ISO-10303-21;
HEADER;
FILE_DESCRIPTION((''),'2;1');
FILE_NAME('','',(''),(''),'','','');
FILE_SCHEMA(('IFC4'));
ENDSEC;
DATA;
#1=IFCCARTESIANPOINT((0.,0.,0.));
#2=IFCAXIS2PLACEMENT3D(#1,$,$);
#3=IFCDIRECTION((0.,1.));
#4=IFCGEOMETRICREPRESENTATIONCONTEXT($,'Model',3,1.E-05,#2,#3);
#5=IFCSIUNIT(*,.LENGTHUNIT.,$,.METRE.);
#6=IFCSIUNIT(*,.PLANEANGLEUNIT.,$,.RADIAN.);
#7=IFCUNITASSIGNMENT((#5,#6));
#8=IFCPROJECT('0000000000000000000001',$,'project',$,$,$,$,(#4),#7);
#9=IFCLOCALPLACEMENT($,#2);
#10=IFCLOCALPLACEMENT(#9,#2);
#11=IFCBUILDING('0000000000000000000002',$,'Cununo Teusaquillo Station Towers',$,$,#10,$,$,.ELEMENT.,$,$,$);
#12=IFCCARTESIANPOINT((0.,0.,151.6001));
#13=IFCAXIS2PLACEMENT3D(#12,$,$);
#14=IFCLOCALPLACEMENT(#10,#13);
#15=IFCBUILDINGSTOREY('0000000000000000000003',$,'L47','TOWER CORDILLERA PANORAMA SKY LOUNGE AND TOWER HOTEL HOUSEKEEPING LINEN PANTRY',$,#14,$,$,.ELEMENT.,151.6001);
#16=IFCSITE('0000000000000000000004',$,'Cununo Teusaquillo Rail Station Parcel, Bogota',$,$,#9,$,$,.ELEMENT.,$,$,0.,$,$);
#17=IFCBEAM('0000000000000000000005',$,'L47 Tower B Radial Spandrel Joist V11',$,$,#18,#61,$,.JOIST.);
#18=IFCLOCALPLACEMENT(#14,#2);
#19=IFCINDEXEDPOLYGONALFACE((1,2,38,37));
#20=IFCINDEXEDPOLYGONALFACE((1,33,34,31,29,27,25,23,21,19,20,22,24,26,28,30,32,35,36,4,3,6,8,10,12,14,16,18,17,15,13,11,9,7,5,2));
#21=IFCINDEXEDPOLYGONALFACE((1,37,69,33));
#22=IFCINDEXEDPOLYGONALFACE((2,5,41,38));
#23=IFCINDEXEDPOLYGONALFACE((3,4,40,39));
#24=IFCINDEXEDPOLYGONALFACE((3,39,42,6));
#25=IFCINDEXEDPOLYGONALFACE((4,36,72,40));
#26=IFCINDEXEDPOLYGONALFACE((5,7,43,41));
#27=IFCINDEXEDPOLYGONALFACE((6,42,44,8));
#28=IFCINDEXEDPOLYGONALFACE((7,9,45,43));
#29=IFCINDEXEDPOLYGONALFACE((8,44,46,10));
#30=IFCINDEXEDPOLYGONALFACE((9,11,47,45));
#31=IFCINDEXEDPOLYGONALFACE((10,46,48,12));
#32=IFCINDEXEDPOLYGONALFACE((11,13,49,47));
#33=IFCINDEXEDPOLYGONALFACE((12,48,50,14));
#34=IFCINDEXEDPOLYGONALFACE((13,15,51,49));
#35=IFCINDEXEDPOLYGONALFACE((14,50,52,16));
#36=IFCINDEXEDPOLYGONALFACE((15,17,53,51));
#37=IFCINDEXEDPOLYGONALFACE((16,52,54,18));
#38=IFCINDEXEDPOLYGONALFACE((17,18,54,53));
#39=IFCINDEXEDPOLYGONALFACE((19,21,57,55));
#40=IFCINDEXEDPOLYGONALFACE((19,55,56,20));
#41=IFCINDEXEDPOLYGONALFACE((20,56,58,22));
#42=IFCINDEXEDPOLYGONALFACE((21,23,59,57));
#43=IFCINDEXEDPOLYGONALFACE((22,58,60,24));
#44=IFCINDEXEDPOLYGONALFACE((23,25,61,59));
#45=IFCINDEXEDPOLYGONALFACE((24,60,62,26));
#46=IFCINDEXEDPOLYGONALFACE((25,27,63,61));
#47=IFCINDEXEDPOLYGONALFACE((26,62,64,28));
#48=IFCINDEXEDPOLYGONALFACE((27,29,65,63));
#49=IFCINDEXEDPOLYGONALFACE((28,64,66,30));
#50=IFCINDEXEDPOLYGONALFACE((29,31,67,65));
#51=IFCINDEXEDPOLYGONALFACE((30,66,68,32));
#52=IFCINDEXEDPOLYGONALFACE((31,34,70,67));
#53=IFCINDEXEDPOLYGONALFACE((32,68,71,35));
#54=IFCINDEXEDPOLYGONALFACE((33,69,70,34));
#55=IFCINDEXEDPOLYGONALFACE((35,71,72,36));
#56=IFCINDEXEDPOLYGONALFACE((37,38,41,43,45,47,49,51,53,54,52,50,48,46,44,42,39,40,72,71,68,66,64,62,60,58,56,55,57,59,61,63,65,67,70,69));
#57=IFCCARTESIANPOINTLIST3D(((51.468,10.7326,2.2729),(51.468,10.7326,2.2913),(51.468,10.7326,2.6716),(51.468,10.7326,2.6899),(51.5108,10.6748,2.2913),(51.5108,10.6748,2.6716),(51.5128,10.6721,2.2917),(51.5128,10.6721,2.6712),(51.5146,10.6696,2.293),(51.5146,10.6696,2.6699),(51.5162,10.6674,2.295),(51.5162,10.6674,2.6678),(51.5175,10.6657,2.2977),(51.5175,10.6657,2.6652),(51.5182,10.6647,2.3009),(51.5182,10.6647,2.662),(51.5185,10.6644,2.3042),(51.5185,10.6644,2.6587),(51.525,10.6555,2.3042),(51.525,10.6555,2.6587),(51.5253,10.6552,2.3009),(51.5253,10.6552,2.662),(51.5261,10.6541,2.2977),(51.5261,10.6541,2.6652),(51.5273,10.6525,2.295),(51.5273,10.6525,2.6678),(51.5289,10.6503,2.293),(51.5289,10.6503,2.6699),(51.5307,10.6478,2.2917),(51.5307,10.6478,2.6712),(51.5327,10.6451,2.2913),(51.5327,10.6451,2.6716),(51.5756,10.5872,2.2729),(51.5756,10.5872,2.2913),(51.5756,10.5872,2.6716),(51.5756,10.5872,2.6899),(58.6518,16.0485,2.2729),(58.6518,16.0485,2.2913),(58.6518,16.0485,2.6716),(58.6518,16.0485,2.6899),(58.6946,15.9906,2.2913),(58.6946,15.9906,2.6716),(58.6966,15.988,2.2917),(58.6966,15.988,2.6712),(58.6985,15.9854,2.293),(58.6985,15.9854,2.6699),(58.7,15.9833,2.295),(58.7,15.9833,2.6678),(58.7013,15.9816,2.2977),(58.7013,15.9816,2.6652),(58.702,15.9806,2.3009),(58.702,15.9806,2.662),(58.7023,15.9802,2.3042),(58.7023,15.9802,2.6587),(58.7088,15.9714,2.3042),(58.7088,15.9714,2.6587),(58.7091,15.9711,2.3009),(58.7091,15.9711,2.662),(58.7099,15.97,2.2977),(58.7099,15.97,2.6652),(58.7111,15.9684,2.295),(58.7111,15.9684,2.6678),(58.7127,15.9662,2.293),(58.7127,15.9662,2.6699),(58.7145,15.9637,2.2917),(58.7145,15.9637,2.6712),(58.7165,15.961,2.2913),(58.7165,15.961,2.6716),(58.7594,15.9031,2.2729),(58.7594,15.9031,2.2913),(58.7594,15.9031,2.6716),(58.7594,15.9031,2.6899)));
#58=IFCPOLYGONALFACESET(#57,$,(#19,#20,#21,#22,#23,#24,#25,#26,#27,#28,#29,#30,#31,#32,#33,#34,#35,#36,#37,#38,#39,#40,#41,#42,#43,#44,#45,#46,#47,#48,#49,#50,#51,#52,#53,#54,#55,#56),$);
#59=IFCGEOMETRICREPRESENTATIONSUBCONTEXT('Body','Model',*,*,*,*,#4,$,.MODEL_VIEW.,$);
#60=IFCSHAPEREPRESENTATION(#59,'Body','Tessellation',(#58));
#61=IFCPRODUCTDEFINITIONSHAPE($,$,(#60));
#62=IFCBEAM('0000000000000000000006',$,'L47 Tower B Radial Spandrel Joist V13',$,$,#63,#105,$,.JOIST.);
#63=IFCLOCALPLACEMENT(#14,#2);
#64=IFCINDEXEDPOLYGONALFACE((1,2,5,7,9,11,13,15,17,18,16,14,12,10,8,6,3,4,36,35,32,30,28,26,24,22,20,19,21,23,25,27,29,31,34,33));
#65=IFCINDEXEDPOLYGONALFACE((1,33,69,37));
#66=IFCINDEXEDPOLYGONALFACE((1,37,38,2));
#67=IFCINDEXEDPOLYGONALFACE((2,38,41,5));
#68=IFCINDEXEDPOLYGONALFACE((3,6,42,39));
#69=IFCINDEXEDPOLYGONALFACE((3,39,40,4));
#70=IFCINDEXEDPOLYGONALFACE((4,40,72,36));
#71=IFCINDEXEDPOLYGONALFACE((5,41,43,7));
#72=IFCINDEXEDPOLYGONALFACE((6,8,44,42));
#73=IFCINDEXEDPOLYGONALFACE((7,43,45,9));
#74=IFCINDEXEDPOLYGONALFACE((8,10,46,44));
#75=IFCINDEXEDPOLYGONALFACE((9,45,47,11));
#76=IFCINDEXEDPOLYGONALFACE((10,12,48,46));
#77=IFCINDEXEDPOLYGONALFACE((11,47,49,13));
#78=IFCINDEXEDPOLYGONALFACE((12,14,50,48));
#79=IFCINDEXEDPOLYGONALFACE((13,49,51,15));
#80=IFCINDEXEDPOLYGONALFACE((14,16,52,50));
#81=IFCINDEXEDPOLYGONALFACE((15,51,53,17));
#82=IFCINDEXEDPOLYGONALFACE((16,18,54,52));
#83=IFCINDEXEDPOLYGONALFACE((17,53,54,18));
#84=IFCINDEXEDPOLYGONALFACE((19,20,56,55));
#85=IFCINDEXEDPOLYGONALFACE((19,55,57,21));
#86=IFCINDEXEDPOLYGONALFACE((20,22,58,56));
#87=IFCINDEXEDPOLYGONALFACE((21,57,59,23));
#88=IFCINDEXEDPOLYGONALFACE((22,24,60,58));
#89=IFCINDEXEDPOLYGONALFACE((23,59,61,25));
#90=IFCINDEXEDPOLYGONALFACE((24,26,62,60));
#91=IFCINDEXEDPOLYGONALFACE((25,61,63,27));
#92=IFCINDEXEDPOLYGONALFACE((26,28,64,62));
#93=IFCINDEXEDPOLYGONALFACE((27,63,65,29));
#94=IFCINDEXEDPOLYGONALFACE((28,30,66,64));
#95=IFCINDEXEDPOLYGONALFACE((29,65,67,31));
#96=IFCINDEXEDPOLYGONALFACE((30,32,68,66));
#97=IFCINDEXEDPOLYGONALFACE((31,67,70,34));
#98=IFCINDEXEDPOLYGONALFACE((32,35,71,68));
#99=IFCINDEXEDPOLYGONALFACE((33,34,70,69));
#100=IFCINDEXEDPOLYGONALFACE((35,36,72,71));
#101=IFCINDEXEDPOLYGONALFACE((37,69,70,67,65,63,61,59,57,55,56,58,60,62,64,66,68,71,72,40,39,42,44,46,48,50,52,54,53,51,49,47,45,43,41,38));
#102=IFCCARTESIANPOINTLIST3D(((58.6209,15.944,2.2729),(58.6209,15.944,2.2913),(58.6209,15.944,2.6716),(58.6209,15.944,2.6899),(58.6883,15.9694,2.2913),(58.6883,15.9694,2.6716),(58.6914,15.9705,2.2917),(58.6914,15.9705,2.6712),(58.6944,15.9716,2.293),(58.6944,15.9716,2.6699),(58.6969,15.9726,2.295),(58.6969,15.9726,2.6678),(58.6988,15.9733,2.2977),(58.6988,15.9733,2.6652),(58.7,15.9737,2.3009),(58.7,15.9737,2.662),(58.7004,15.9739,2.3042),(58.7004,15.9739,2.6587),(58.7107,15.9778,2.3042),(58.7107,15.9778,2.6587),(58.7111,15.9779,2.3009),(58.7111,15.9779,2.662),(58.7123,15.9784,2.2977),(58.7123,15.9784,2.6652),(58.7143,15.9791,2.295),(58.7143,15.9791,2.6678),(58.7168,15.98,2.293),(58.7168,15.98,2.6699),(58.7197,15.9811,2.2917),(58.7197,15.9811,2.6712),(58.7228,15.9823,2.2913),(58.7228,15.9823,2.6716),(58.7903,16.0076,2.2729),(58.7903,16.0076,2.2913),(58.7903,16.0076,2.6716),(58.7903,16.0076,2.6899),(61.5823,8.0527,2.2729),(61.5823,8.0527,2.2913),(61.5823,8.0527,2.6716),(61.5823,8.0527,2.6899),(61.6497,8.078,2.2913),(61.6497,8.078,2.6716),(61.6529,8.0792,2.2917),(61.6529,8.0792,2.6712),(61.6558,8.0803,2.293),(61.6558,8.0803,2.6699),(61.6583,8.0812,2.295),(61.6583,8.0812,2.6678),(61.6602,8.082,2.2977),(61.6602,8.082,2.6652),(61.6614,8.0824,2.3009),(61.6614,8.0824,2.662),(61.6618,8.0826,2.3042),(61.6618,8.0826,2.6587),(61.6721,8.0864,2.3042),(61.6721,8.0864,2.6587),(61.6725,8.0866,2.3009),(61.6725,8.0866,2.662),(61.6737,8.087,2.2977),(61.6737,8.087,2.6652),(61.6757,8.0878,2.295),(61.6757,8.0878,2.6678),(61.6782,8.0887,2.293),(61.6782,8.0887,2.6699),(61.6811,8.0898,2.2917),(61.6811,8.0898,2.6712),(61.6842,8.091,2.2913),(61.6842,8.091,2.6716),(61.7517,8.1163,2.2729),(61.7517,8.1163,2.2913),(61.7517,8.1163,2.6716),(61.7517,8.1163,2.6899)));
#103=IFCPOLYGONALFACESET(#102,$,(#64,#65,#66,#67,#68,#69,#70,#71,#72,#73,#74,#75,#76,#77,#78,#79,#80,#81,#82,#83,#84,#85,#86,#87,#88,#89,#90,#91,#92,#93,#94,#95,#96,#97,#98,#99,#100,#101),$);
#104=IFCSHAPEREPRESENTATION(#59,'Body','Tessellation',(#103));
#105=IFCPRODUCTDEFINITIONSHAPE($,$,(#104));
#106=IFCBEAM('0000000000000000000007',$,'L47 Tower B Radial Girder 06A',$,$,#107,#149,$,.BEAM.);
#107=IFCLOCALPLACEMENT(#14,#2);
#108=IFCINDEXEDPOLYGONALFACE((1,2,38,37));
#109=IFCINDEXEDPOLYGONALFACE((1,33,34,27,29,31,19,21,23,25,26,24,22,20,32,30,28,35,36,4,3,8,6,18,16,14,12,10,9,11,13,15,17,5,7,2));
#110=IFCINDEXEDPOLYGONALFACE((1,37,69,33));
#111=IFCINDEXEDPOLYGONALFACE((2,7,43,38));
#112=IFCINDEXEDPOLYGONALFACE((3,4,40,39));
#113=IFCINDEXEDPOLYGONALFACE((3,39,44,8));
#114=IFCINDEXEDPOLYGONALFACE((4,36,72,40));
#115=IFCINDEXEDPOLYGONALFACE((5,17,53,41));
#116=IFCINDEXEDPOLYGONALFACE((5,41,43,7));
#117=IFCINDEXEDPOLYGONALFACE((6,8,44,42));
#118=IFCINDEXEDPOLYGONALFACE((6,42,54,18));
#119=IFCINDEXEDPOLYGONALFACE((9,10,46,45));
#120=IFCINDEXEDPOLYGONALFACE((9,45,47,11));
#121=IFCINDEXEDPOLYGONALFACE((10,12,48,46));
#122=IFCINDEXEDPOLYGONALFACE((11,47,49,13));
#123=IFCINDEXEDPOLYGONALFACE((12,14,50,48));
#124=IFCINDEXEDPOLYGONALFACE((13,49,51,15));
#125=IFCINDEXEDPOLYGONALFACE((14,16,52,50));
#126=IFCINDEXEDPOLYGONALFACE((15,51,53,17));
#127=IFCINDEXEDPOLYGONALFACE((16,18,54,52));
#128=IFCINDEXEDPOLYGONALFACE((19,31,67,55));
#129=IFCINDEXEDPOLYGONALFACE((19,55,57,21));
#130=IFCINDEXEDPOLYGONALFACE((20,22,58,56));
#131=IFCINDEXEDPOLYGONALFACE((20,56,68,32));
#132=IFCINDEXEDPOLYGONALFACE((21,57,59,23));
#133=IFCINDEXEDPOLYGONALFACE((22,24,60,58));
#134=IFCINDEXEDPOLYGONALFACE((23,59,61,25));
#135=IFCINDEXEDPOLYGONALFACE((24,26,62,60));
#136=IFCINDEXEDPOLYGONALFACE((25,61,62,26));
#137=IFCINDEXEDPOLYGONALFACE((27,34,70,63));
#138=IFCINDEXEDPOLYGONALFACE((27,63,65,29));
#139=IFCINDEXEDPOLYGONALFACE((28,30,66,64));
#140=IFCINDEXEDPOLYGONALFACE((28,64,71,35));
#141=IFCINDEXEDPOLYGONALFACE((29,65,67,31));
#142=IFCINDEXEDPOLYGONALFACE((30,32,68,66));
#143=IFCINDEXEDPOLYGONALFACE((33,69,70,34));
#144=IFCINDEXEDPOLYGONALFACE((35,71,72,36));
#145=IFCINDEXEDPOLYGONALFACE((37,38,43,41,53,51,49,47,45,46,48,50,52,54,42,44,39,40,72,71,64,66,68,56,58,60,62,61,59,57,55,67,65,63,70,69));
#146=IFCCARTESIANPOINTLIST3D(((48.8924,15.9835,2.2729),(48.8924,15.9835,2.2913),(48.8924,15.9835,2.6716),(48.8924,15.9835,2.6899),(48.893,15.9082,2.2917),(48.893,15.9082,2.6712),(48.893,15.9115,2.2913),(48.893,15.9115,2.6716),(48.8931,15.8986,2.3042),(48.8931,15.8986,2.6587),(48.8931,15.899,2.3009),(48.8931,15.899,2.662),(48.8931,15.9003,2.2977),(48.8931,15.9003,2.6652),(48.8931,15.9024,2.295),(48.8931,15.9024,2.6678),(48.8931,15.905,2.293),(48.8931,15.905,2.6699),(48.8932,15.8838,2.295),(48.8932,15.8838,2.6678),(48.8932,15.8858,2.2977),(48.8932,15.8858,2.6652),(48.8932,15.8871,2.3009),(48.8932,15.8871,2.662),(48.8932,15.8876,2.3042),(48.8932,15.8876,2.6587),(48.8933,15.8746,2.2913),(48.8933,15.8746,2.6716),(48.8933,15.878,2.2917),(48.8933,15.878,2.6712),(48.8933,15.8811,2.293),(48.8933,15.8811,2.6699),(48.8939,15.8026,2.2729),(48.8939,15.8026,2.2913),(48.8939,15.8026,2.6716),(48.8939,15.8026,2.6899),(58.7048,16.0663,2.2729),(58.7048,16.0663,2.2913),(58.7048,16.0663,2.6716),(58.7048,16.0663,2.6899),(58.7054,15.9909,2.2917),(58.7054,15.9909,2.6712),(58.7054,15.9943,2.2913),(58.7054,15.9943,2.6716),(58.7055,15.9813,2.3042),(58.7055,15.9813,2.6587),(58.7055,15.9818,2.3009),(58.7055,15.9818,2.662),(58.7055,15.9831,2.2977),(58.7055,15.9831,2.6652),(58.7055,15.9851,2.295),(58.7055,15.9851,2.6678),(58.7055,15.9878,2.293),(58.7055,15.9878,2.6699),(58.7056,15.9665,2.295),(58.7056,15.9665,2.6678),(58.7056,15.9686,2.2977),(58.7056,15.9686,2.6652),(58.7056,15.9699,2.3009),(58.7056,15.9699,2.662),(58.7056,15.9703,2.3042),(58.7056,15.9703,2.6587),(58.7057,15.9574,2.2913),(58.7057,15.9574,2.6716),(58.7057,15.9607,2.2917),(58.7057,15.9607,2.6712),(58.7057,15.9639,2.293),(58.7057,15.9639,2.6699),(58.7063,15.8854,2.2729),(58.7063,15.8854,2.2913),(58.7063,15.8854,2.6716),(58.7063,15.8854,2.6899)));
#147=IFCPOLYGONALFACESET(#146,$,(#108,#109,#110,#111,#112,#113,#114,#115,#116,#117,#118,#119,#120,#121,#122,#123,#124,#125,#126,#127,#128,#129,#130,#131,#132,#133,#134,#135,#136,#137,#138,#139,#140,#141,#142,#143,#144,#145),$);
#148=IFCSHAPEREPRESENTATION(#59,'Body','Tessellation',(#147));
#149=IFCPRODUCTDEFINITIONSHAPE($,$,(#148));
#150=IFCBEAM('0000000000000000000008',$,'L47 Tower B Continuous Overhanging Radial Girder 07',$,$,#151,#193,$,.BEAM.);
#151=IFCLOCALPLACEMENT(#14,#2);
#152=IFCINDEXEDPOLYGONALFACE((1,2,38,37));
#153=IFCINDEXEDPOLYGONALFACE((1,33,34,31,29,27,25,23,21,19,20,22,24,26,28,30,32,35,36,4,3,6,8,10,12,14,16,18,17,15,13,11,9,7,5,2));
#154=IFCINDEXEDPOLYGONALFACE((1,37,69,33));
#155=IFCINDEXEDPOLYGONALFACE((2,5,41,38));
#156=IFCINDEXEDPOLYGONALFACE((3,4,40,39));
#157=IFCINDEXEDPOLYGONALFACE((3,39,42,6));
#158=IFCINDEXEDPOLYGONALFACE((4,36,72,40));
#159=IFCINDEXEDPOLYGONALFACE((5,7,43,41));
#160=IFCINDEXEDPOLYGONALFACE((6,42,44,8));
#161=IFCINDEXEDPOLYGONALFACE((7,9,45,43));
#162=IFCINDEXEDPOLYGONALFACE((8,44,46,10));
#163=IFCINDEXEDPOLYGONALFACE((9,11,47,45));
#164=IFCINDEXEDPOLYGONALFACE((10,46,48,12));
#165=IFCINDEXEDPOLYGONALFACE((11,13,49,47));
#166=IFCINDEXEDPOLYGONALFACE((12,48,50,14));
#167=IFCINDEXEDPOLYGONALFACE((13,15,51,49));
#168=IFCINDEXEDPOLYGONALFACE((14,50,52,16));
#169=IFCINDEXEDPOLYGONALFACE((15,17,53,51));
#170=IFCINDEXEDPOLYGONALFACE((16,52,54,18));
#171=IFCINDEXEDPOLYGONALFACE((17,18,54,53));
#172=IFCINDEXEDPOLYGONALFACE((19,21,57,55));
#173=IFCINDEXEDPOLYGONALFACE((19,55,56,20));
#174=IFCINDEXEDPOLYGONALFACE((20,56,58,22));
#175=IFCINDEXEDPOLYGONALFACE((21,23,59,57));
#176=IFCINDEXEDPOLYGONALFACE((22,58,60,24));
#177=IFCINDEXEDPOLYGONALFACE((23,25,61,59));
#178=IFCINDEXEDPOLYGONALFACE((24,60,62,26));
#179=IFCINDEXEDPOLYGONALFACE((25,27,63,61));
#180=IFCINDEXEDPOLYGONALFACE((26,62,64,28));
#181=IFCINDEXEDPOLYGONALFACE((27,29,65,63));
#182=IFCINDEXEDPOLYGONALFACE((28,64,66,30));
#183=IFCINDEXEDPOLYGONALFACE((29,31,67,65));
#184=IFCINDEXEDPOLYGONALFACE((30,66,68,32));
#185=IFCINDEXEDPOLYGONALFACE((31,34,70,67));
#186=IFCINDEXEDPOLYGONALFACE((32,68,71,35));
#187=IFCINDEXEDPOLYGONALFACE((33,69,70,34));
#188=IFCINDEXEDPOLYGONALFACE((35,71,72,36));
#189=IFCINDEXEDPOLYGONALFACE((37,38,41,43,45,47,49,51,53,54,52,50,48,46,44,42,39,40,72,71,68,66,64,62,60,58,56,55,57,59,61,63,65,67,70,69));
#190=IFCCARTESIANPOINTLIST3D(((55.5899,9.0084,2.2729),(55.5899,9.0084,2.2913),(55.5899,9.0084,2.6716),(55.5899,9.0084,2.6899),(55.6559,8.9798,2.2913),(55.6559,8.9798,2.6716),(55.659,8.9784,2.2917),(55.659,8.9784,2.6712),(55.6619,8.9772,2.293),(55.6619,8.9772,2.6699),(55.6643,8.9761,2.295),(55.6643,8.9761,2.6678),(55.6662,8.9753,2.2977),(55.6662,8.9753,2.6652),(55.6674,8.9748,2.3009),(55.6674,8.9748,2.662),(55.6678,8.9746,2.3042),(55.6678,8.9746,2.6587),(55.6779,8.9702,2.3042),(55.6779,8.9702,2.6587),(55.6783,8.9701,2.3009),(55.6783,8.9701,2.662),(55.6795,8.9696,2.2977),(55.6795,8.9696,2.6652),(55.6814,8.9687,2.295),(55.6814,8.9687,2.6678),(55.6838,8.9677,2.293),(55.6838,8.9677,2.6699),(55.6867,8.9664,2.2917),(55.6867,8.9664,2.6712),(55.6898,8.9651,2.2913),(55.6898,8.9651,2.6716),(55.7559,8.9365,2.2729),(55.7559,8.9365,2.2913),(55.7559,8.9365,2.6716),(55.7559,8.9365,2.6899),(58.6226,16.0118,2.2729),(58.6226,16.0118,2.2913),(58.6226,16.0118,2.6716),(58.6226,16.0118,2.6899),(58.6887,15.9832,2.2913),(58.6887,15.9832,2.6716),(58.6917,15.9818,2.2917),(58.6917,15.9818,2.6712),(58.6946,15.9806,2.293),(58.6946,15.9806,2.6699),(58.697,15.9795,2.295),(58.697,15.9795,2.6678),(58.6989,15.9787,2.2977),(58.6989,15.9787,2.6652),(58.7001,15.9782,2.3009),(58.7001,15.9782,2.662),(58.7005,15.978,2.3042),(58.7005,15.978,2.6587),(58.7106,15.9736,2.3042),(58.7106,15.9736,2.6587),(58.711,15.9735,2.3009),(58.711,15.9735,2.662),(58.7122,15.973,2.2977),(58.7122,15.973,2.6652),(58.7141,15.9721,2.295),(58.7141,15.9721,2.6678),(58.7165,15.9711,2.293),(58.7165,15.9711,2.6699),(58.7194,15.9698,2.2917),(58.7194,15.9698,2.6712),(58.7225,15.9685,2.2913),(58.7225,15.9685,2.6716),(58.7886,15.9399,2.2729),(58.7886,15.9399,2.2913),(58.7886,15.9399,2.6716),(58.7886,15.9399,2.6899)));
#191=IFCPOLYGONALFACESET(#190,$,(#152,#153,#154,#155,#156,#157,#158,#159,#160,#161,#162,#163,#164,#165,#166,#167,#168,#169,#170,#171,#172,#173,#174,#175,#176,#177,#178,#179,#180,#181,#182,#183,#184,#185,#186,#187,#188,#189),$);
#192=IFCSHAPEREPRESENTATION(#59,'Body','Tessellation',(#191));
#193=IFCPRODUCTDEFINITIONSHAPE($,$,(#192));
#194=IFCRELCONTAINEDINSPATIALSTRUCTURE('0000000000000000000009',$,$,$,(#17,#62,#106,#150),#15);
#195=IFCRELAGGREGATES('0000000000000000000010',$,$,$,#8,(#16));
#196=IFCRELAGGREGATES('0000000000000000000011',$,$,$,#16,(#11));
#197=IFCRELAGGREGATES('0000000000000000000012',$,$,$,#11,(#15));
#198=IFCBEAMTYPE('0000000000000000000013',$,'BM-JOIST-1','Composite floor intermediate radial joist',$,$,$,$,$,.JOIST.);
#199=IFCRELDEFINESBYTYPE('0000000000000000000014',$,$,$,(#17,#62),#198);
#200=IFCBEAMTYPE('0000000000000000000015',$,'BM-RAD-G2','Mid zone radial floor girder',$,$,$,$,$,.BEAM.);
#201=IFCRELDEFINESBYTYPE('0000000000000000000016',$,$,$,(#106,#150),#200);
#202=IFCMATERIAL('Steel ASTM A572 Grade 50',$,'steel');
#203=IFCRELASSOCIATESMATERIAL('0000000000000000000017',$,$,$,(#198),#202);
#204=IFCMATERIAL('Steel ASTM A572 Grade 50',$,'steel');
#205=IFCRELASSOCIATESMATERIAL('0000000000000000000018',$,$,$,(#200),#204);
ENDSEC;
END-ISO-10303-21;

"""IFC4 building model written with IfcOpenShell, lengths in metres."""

from ifc_helpers import new_model, si_unit, direction, frame, origin, origin_2d, place, context, subcontext, project, spatial, i_section, extrude, material, material_profile, profile_set, type_object, element, save


model = new_model("IFC4")

# Units and contexts
model_context = context("Model", 3, precision=1e-05, world=origin(), true_north=direction((0.0, 1.0)))
body_context = subcontext(model_context, "Body", "Model", "MODEL_VIEW")
ifc_project = project(units=[si_unit("LENGTHUNIT", "METRE"), si_unit("PLANEANGLEUNIT", "RADIAN")], contexts=[model_context])

# Site, building, storey
site_placement = place(None, origin())
site = spatial("IfcSite", under=ifc_project, at=site_placement, Name="Cununo Teusaquillo Rail Station Parcel, Bogota", CompositionType="ELEMENT", RefElevation=0.0)
building_placement = place(site_placement, origin())
building = spatial("IfcBuilding", under=site, at=building_placement, Name="Cununo Teusaquillo Station Towers", CompositionType="ELEMENT")
storey_placement = place(building_placement, frame((0.0, 0.0, 151.6001)))
storey = spatial("IfcBuildingStorey", under=building, at=storey_placement, Name="L47", Description="TOWER CORDILLERA PANORAMA SKY LOUNGE AND TOWER HOTEL HOUSEKEEPING LINEN PANTRY", CompositionType="ELEMENT", Elevation=151.6001)

# Beams
ifc_material_1 = material(Name="Steel ASTM A572 Grade 50", Category="steel")
ifc_material_profile_1 = material_profile(ifc_material_1, i_section(OverallWidth=0.1809, OverallDepth=0.417, WebThickness=0.011, FlangeThickness=0.0183, FilletRadius=0.0129, at=origin_2d()), Name="W16X57")
ifc_profile_set_1 = profile_set([ifc_material_profile_1], Name="Steel ASTM A572 Grade 50")
beam_type_1 = type_object("IfcBeamType", Name="BM-JOIST-1", Description="Composite floor intermediate radial joist", PredefinedType="JOIST", material=ifc_profile_set_1)
beam_1_placement = place(storey_placement, frame((58.7056, 15.9758, 2.4814), z_axis=(-0.803848, -0.594834, 0.0), x_axis=(0.594834, -0.803848, 0.0)))
element("IfcBeam", 1, at=beam_1_placement, inside=storey, type_object=beam_type_1, Name="L47 Tower B Radial Spandrel Joist V11", PredefinedType="JOIST", context=body_context, shape_type="SweptSolid", body=[
    extrude(i_section(OverallWidth=0.1809, OverallDepth=0.417, WebThickness=0.011, FlangeThickness=0.0183, FilletRadius=0.0129, at=origin_2d()), origin(), (0.0, 0.0, 1.0), 8.9368),
])
beam_2_placement = place(storey_placement, frame((58.7056, 15.9758, 2.4814), z_axis=(0.351349, -0.936245, 0.0), x_axis=(0.936245, 0.351349, 0.0)))
element("IfcBeam", 2, at=beam_2_placement, inside=storey, type_object=beam_type_1, Name="L47 Tower B Radial Spandrel Joist V13", PredefinedType="JOIST", context=body_context, shape_type="SweptSolid", body=[
    extrude(i_section(OverallWidth=0.1809, OverallDepth=0.417, WebThickness=0.011, FlangeThickness=0.0183, FilletRadius=0.0129, at=origin_2d()), origin(), (0.0, 0.0, 1.0), 8.4287),
])
ifc_material_2 = material(Name="Steel ASTM A572 Grade 50", Category="steel")
ifc_material_profile_2 = material_profile(ifc_material_2, i_section(OverallWidth=0.1809, OverallDepth=0.417, WebThickness=0.011, FlangeThickness=0.0183, FilletRadius=0.0129, at=origin_2d()), Name="W16X57")
ifc_profile_set_2 = profile_set([ifc_material_profile_2], Name="Steel ASTM A572 Grade 50")
beam_type_2 = type_object("IfcBeamType", Name="BM-RAD-G2", Description="Mid zone radial floor girder", PredefinedType="BEAM", material=ifc_profile_set_2)
beam_3_placement = place(storey_placement, frame((58.7056, 15.9758, 2.4814), z_axis=(-0.999964, -0.008434, 0.0), x_axis=(0.008434, -0.999964, 0.0)))
element("IfcBeam", 3, at=beam_3_placement, inside=storey, type_object=beam_type_2, Name="L47 Tower B Radial Girder 06A", PredefinedType="BEAM", context=body_context, shape_type="SweptSolid", body=[
    extrude(i_section(OverallWidth=0.1809, OverallDepth=0.417, WebThickness=0.011, FlangeThickness=0.0183, FilletRadius=0.0129, at=origin_2d()), origin(), (0.0, 0.0, 1.0), 9.8127),
])
beam_4_placement = place(storey_placement, frame((58.7056, 15.9758, 2.4814), z_axis=(-0.397376, -0.917656, 0.0), x_axis=(0.917656, -0.397376, 0.0)))
element("IfcBeam", 4, at=beam_4_placement, inside=storey, type_object=beam_type_2, Name="L47 Tower B Continuous Overhanging Radial Girder 07", PredefinedType="BEAM", context=body_context, shape_type="SweptSolid", body=[
    extrude(i_section(OverallWidth=0.1809, OverallDepth=0.417, WebThickness=0.011, FlangeThickness=0.0183, FilletRadius=0.0129, at=origin_2d()), origin(), (0.0, 0.0, 1.0), 7.6318),
])

save(model, "model.ifc")
